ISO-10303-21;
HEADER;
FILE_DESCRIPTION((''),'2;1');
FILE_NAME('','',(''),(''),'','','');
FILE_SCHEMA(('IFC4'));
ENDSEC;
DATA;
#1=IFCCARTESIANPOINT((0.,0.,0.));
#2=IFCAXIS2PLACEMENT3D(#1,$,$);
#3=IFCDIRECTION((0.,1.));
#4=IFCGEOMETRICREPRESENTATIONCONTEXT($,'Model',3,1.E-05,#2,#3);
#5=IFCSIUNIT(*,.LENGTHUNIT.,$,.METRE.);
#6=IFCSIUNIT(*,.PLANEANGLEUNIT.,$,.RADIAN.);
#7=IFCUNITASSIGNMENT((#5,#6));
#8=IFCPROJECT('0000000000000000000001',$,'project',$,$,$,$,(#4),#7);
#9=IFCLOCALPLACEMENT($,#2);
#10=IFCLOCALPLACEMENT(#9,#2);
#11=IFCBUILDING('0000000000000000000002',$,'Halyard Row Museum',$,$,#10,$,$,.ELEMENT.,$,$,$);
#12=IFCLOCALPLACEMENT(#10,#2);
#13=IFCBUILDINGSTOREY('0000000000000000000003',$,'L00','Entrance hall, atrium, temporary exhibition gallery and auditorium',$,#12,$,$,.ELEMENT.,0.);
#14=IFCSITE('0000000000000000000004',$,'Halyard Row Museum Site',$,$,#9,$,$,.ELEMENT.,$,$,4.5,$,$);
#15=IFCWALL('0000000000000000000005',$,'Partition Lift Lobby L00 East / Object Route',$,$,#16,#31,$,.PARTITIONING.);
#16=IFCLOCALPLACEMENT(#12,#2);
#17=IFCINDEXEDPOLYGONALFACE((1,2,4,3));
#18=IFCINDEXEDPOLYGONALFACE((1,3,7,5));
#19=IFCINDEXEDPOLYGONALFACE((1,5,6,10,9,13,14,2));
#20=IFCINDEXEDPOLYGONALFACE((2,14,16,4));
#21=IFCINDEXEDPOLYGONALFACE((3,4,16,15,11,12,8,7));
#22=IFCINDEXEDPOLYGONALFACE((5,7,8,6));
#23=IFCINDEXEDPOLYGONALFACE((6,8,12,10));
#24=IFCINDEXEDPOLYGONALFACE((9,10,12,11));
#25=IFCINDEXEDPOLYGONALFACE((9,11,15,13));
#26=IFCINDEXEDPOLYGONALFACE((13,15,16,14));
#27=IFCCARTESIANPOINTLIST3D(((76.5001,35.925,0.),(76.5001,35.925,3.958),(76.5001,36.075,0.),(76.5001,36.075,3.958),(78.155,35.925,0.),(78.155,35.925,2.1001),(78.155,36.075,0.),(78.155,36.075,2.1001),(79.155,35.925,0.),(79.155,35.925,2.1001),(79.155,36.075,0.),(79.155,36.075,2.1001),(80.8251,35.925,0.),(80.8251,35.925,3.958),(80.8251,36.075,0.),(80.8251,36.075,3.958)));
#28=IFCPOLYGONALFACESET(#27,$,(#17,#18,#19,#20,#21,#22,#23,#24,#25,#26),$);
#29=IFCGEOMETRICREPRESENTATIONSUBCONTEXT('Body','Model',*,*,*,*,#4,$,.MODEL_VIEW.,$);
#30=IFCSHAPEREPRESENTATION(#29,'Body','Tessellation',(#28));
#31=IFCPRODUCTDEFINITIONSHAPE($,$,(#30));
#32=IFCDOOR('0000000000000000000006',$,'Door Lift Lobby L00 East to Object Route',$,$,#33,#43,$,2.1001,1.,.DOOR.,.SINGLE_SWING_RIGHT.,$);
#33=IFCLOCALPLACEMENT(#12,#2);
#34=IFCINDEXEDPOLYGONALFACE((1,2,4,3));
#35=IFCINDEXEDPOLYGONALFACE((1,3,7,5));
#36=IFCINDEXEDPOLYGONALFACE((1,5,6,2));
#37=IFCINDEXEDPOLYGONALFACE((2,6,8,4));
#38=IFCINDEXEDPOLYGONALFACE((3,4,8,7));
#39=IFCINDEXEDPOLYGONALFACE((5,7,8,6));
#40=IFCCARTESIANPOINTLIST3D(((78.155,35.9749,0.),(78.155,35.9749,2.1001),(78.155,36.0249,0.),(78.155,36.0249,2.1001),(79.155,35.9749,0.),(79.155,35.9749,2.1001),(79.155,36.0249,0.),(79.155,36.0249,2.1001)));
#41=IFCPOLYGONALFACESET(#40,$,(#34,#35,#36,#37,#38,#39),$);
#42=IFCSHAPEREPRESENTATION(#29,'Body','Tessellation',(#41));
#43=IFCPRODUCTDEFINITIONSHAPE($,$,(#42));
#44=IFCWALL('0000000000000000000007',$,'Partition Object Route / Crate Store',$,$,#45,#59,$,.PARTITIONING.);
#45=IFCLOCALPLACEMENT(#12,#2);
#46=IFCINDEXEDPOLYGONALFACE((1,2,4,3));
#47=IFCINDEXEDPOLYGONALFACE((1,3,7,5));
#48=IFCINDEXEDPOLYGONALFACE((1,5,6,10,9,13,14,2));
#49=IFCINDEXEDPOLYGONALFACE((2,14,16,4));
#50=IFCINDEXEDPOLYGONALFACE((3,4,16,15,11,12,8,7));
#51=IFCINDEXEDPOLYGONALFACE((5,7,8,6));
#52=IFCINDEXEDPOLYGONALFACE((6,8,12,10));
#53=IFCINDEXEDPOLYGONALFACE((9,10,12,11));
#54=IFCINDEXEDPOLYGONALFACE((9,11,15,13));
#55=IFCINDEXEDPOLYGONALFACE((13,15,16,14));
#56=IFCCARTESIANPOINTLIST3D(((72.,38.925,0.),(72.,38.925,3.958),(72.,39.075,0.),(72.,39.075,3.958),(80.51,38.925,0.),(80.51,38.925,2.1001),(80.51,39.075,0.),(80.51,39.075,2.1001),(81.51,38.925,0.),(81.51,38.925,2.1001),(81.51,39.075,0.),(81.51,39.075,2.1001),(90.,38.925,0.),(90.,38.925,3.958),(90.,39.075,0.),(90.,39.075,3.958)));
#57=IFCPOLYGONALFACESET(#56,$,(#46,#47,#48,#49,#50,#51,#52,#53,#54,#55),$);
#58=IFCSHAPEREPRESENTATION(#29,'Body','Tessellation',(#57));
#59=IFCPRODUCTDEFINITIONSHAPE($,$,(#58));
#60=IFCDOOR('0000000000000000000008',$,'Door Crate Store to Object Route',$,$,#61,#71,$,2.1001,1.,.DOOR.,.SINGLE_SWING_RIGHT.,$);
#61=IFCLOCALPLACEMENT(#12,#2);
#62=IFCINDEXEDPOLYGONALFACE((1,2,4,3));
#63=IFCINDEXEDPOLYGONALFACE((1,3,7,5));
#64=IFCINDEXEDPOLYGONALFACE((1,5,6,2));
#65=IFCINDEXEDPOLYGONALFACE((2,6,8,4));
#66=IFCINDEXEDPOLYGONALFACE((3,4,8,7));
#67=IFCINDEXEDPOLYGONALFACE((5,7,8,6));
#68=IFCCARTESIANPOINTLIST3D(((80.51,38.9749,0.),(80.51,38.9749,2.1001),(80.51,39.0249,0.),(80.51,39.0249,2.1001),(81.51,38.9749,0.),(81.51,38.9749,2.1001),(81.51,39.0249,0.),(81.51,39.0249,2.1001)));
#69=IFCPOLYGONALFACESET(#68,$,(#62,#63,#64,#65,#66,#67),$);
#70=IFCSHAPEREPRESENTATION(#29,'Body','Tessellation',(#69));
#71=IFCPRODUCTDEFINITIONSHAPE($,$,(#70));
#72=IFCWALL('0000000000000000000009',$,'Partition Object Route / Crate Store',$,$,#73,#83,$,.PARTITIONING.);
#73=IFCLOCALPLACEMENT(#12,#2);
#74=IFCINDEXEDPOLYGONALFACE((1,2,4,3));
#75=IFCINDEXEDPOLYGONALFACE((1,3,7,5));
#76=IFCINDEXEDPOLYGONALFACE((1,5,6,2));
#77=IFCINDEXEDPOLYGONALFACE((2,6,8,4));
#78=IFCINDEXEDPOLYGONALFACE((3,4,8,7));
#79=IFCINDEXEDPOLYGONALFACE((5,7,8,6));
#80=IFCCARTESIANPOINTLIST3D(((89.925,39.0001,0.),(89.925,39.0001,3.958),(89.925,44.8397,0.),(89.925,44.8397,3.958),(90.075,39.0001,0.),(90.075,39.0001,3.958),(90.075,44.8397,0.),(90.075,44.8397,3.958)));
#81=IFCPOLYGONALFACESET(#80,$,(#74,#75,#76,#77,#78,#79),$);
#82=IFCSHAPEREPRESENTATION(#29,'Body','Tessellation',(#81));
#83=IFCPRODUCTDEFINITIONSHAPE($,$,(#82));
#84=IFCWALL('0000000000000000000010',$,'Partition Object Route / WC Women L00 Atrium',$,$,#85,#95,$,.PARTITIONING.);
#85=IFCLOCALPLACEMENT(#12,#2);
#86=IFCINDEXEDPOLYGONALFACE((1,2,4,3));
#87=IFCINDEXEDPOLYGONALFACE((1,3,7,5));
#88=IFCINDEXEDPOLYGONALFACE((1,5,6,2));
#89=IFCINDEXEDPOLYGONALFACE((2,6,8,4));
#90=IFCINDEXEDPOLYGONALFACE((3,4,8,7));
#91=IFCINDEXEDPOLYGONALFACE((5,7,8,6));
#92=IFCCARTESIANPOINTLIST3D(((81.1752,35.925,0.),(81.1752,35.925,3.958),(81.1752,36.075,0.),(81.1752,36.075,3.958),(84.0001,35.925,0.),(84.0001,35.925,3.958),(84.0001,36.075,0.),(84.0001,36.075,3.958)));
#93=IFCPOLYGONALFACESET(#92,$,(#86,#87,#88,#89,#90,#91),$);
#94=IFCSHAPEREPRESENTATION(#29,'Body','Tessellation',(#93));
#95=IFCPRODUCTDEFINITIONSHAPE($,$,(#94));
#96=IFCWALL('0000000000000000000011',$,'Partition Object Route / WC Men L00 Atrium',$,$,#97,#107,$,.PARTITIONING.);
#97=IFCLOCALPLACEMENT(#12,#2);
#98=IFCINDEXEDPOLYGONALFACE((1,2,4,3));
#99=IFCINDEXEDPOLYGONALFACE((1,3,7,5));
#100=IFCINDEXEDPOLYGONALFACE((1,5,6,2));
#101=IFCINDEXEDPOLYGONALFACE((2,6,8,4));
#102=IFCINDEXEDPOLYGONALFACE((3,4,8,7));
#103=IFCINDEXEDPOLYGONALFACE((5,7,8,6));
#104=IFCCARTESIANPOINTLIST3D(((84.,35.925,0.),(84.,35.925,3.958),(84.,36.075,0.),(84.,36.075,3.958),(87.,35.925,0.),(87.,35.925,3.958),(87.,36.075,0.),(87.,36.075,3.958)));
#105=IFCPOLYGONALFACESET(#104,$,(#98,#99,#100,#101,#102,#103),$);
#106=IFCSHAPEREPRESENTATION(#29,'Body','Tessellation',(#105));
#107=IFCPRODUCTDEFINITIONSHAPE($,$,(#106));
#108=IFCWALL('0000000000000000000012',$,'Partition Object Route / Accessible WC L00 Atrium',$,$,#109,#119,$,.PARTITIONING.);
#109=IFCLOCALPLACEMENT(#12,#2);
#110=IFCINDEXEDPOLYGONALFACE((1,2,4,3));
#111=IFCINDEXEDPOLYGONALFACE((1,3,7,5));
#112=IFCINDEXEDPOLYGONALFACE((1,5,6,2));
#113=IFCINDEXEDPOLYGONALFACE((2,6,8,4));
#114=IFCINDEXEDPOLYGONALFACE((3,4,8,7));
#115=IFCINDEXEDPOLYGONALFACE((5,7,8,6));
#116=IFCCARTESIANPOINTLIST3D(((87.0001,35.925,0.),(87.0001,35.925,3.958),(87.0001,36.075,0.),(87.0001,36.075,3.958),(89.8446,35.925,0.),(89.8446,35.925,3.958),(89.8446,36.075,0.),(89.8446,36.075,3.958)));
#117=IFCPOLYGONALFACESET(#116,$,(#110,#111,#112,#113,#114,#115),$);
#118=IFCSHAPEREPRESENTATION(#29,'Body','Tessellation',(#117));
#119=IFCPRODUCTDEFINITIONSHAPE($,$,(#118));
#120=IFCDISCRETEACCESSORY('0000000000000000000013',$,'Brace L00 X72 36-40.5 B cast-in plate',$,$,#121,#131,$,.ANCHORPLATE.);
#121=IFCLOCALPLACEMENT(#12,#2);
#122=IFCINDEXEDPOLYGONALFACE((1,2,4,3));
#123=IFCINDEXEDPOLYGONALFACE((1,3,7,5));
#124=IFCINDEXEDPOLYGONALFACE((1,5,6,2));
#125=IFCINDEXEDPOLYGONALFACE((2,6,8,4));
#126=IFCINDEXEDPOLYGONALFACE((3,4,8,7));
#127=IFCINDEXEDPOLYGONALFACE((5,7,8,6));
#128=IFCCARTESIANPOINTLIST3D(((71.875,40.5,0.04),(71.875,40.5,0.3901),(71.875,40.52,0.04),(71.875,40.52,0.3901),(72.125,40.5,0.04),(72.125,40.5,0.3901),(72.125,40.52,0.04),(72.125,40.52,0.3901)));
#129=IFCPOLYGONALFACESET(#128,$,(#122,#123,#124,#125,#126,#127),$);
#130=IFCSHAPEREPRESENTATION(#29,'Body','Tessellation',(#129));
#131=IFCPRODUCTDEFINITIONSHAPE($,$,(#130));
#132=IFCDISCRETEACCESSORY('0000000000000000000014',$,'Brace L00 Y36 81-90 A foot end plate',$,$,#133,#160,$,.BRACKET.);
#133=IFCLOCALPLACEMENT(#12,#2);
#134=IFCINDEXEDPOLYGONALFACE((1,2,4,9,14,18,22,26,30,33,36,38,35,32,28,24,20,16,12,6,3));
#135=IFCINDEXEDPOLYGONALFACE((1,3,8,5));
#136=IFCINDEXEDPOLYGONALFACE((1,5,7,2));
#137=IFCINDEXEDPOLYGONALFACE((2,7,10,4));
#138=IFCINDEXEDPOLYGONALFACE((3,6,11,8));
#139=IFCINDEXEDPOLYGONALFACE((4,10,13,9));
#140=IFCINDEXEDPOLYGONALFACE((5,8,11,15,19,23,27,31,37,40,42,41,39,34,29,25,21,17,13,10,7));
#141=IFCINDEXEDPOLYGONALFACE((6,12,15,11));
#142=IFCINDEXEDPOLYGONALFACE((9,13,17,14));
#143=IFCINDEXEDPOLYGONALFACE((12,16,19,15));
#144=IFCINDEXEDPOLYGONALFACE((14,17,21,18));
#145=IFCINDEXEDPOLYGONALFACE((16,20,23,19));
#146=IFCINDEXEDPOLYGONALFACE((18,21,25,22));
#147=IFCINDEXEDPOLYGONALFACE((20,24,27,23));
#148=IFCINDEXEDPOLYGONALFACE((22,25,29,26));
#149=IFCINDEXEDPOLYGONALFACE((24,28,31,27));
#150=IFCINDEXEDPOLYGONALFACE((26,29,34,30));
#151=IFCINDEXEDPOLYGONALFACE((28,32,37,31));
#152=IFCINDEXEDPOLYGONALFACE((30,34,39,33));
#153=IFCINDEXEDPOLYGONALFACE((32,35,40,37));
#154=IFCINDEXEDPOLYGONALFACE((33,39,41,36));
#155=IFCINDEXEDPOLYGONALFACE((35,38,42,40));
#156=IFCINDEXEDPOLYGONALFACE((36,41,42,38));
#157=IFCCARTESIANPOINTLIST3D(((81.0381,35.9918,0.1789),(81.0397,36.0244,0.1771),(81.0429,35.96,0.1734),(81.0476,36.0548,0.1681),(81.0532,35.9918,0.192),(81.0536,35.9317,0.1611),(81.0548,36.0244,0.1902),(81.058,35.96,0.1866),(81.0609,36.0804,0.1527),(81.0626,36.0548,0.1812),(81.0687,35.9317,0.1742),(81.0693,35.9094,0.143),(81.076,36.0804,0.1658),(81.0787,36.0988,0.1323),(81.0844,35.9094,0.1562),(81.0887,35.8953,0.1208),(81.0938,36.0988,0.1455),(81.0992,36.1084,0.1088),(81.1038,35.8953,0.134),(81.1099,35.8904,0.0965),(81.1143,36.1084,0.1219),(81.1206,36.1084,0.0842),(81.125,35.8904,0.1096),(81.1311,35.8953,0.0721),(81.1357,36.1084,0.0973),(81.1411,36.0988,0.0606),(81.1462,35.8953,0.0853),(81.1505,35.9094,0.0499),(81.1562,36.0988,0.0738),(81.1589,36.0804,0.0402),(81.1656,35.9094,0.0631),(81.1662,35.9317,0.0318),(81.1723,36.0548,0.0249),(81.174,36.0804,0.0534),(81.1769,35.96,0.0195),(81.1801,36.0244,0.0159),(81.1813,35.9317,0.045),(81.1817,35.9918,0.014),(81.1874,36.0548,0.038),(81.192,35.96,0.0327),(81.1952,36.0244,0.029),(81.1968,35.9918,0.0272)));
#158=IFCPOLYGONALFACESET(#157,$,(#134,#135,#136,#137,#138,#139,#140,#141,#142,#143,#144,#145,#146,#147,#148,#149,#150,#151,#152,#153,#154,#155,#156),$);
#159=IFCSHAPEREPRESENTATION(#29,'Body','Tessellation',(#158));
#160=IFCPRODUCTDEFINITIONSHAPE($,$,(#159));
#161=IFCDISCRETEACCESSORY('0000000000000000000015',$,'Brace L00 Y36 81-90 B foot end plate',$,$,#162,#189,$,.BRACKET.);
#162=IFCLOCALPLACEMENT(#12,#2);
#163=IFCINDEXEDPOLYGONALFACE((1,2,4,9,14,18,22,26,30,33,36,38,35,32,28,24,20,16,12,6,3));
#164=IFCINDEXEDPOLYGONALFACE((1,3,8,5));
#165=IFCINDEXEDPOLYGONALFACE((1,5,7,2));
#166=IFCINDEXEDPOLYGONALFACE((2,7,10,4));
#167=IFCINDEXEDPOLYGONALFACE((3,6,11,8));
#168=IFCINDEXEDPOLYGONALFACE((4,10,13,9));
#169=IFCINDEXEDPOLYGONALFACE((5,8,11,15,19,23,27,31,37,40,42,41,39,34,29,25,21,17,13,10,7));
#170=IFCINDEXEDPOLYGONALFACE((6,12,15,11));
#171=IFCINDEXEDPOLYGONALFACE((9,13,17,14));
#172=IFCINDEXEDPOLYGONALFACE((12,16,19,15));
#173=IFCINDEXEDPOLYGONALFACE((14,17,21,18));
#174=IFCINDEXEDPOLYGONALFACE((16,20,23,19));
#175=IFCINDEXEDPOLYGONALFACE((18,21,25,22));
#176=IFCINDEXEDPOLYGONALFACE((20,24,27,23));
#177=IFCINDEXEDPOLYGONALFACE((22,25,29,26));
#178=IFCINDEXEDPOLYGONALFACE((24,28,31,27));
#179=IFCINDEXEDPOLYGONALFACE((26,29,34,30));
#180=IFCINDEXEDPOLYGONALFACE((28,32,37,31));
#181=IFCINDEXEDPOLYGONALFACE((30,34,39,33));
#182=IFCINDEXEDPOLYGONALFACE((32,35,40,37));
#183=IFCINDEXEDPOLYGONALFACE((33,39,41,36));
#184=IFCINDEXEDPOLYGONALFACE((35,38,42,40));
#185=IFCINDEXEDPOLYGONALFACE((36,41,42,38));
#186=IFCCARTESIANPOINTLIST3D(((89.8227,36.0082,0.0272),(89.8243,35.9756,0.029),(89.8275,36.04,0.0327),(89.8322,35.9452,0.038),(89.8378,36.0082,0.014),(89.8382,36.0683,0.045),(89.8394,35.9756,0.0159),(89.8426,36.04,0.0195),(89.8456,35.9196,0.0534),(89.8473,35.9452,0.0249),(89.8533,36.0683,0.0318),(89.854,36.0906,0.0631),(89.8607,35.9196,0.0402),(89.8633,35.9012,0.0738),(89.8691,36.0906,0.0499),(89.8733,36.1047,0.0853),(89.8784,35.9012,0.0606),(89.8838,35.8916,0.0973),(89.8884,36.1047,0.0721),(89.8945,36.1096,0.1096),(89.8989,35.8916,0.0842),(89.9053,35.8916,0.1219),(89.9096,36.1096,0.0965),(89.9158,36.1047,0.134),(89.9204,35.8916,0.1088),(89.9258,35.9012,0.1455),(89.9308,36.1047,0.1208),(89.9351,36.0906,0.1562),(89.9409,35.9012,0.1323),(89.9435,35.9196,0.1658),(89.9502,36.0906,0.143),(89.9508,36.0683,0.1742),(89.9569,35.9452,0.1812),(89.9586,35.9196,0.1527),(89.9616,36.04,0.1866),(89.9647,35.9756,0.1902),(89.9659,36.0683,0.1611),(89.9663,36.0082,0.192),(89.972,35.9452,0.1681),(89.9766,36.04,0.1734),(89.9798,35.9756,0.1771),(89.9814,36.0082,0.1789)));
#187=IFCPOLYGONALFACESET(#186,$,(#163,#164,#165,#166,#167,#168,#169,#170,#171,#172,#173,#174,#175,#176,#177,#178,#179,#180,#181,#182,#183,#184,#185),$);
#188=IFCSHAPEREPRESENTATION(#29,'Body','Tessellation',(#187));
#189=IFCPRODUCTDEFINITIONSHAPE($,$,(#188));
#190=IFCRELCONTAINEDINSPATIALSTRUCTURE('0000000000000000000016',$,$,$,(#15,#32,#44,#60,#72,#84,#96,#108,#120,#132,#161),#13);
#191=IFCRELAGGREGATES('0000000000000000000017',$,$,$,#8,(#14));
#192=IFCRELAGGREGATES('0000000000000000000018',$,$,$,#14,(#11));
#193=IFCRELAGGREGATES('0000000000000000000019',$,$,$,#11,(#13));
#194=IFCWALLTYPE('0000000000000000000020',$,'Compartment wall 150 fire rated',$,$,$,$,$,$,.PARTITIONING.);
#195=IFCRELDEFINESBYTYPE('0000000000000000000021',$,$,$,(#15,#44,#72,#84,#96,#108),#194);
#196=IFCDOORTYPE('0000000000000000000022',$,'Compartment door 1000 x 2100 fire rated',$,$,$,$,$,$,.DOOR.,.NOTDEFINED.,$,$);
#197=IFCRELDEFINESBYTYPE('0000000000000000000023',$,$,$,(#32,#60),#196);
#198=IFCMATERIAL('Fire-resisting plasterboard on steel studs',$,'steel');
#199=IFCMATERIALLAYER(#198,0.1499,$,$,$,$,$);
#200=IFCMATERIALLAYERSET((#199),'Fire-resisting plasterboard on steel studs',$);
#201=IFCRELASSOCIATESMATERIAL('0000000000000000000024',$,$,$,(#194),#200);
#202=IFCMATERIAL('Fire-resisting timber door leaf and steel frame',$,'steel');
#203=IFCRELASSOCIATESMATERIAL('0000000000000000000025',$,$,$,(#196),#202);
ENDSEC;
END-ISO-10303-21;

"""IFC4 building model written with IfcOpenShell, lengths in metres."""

from ifc_helpers import new_model, si_unit, direction, frame, frame_2d, origin, origin_2d, place, context, subcontext, project, spatial, rectangle, circle, extrude, material, layer, layer_set, type_object, element, fill, save


model = new_model("IFC4")

# Units and contexts
model_context = context("Model", 3, precision=1e-05, world=origin(), true_north=direction((0.0, 1.0)))
body_context = subcontext(model_context, "Body", "Model", "MODEL_VIEW")
ifc_project = project(units=[si_unit("LENGTHUNIT", "METRE"), si_unit("PLANEANGLEUNIT", "RADIAN")], contexts=[model_context])

# Site, building, storey
site_placement = place(None, origin())
site = spatial("IfcSite", under=ifc_project, at=site_placement, Name="Halyard Row Museum Site", CompositionType="ELEMENT", RefElevation=4.5)
building_placement = place(site_placement, origin())
building = spatial("IfcBuilding", under=site, at=building_placement, Name="Halyard Row Museum", CompositionType="ELEMENT")
storey_placement = place(building_placement, origin())
storey = spatial("IfcBuildingStorey", under=building, at=storey_placement, Name="L00", Description="Entrance hall, atrium, temporary exhibition gallery and auditorium", CompositionType="ELEMENT", Elevation=0.0)

# Shared definitions
ifc_material_1 = material(Name="Fire-resisting plasterboard on steel studs", Category="steel")
ifc_layer_1 = layer(ifc_material_1, 0.1499)
ifc_layer_set_1 = layer_set([ifc_layer_1], Name="Fire-resisting plasterboard on steel studs")
wall_type_1 = type_object("IfcWallType", Name="Compartment wall 150 fire rated", PredefinedType="PARTITIONING", material=ifc_layer_set_1)

# Walls, openings, doors
wall_1_placement = place(storey_placement, frame((76.5, 36.0, 0.0), z_axis=(0.0, 0.0, 1.0), x_axis=(1.0, 0.0, 0.0)))
wall_1 = element("IfcWall", 1, at=wall_1_placement, inside=storey, type_object=wall_type_1, Name="Partition Lift Lobby L00 East / Object Route", PredefinedType="PARTITIONING", context=body_context, shape_type="SweptSolid", body=[
    extrude(rectangle(XDim=4.325, YDim=0.1499, at=frame_2d((2.1626, 0.0))), origin(), (0.0, 0.0, 1.0), 3.958),
])
opening_1_placement = place(wall_1_placement, frame((1.655, 0.0, 0.0)))
opening_1 = element("IfcOpeningElement", 2, at=opening_1_placement, cuts=wall_1, PredefinedType="OPENING", context=body_context, shape_type="SweptSolid", body=[
    extrude(rectangle(XDim=1.0, YDim=2.1001, at=frame_2d((0.5, 1.05))), frame((0.0, 0.085, 0.0), z_axis=(0.0, -1.0, 0.0), x_axis=(1.0, 0.0, 0.0)), (0.0, 0.0, 1.0), 0.1699),
])
ifc_material_2 = material(Name="Fire-resisting timber door leaf and steel frame", Category="steel")
door_type = type_object("IfcDoorType", Name="Compartment door 1000 x 2100 fire rated", OperationType="NOTDEFINED", PredefinedType="DOOR", material=ifc_material_2)
door_1_placement = place(opening_1_placement, origin())
door_1 = element("IfcDoor", 3, at=door_1_placement, inside=storey, type_object=door_type, Name="Door Lift Lobby L00 East to Object Route", OperationType="SINGLE_SWING_RIGHT", OverallHeight=2.1001, OverallWidth=1.0, PredefinedType="DOOR", context=body_context, shape_type="SweptSolid", body=[
    extrude(rectangle(XDim=1.0, YDim=2.1001, at=frame_2d((0.5, 1.05))), frame((0.0, 0.0249, 0.0), z_axis=(0.0, -1.0, 0.0), x_axis=(1.0, 0.0, 0.0)), (0.0, 0.0, 1.0), 0.05),
])
fill(opening_1, door_1)
wall_2_placement = place(storey_placement, frame((72.0, 39.0, 0.0), z_axis=(0.0, 0.0, 1.0), x_axis=(1.0, 0.0, 0.0)))
wall_2 = element("IfcWall", 4, at=wall_2_placement, inside=storey, type_object=wall_type_1, Name="Partition Object Route / Crate Store", PredefinedType="PARTITIONING", context=body_context, shape_type="SweptSolid", body=[
    extrude(rectangle(XDim=18.0, YDim=0.1499, at=frame_2d((9.0, 0.0))), origin(), (0.0, 0.0, 1.0), 3.958),
])
opening_2_placement = place(wall_2_placement, frame((8.51, 0.0, 0.0)))
opening_2 = element("IfcOpeningElement", 5, at=opening_2_placement, cuts=wall_2, PredefinedType="OPENING", context=body_context, shape_type="SweptSolid", body=[
    extrude(rectangle(XDim=1.0, YDim=2.1001, at=frame_2d((0.5, 1.05))), frame((0.0, 0.085, 0.0), z_axis=(0.0, -1.0, 0.0), x_axis=(1.0, 0.0, 0.0)), (0.0, 0.0, 1.0), 0.1699),
])
door_2_placement = place(opening_2_placement, origin())
door_2 = element("IfcDoor", 6, at=door_2_placement, inside=storey, type_object=door_type, Name="Door Crate Store to Object Route", OperationType="SINGLE_SWING_RIGHT", OverallHeight=2.1001, OverallWidth=1.0, PredefinedType="DOOR", context=body_context, shape_type="SweptSolid", body=[
    extrude(rectangle(XDim=1.0, YDim=2.1001, at=frame_2d((0.5, 1.05))), frame((0.0, 0.0249, 0.0), z_axis=(0.0, -1.0, 0.0), x_axis=(1.0, 0.0, 0.0)), (0.0, 0.0, 1.0), 0.05),
])
fill(opening_2, door_2)

# Walls
wall_3_placement = place(storey_placement, frame((90.0, 39.0, 0.0), z_axis=(0.0, 0.0, 1.0), x_axis=(0.0, 1.0, 0.0)))
element("IfcWall", 7, at=wall_3_placement, inside=storey, type_object=wall_type_1, Name="Partition Object Route / Crate Store", PredefinedType="PARTITIONING", context=body_context, shape_type="SweptSolid", body=[
    extrude(rectangle(XDim=5.8396, YDim=0.1499, at=frame_2d((2.9199, 0.0))), origin(), (0.0, 0.0, 1.0), 3.958),
])
wall_4_placement = place(storey_placement, frame((81.175, 36.0, 0.0), z_axis=(0.0, 0.0, 1.0), x_axis=(1.0, 0.0, 0.0)))
element("IfcWall", 8, at=wall_4_placement, inside=storey, type_object=wall_type_1, Name="Partition Object Route / WC Women L00 Atrium", PredefinedType="PARTITIONING", context=body_context, shape_type="SweptSolid", body=[
    extrude(rectangle(XDim=2.825, YDim=0.1499, at=frame_2d((1.4126, 0.0))), origin(), (0.0, 0.0, 1.0), 3.958),
])
wall_5_placement = place(storey_placement, frame((84.0, 36.0, 0.0), z_axis=(0.0, 0.0, 1.0), x_axis=(1.0, 0.0, 0.0)))
element("IfcWall", 9, at=wall_5_placement, inside=storey, type_object=wall_type_1, Name="Partition Object Route / WC Men L00 Atrium", PredefinedType="PARTITIONING", context=body_context, shape_type="SweptSolid", body=[
    extrude(rectangle(XDim=3.0, YDim=0.1499, at=frame_2d((1.5, 0.0))), origin(), (0.0, 0.0, 1.0), 3.958),
])
wall_6_placement = place(storey_placement, frame((87.0, 36.0, 0.0), z_axis=(0.0, 0.0, 1.0), x_axis=(1.0, 0.0, 0.0)))
element("IfcWall", 10, at=wall_6_placement, inside=storey, type_object=wall_type_1, Name="Partition Object Route / Accessible WC L00 Atrium", PredefinedType="PARTITIONING", context=body_context, shape_type="SweptSolid", body=[
    extrude(rectangle(XDim=2.8445, YDim=0.1499, at=frame_2d((1.4224, 0.0))), origin(), (0.0, 0.0, 1.0), 3.958),
])

# Discrete accessories
discrete_accessory_placement = place(storey_placement, frame((72.0, 40.5, 0.2151), z_axis=(0.0, 1.0, 0.0), x_axis=(-1.0, 0.0, 0.0)))
element("IfcDiscreteAccessory", 11, at=discrete_accessory_placement, inside=storey, Name="Brace L00 X72 36-40.5 B cast-in plate", PredefinedType="ANCHORPLATE", context=body_context, shape_type="SweptSolid", body=[
    extrude(rectangle(XDim=0.25, YDim=0.3501, at=origin_2d()), origin(), (0.0, 0.0, 1.0), 0.02),
])
for number, where, z_axis, x_axis, name in (
    (12, (81.125, 36.0, 0.1096), (-0.754082, 0.0, -0.656781), (0.0, -1.0, 0.0), "Brace L00 Y36 81-90 A foot end plate"),
    (13, (89.8945, 36.0, 0.1096), (0.754082, 0.0, -0.656781), (0.0, 1.0, 0.0), "Brace L00 Y36 81-90 B foot end plate"),
):
    element("IfcDiscreteAccessory", number, at=place(storey_placement, frame(where, z_axis=z_axis, x_axis=x_axis)), inside=storey, Name=name, PredefinedType="BRACKET", context=body_context, shape_type="SweptSolid", body=[
        extrude(circle(Radius=0.1096, at=origin_2d()), origin(), (0.0, 0.0, 1.0), 0.02),
    ])

save(model, "model.ifc")
